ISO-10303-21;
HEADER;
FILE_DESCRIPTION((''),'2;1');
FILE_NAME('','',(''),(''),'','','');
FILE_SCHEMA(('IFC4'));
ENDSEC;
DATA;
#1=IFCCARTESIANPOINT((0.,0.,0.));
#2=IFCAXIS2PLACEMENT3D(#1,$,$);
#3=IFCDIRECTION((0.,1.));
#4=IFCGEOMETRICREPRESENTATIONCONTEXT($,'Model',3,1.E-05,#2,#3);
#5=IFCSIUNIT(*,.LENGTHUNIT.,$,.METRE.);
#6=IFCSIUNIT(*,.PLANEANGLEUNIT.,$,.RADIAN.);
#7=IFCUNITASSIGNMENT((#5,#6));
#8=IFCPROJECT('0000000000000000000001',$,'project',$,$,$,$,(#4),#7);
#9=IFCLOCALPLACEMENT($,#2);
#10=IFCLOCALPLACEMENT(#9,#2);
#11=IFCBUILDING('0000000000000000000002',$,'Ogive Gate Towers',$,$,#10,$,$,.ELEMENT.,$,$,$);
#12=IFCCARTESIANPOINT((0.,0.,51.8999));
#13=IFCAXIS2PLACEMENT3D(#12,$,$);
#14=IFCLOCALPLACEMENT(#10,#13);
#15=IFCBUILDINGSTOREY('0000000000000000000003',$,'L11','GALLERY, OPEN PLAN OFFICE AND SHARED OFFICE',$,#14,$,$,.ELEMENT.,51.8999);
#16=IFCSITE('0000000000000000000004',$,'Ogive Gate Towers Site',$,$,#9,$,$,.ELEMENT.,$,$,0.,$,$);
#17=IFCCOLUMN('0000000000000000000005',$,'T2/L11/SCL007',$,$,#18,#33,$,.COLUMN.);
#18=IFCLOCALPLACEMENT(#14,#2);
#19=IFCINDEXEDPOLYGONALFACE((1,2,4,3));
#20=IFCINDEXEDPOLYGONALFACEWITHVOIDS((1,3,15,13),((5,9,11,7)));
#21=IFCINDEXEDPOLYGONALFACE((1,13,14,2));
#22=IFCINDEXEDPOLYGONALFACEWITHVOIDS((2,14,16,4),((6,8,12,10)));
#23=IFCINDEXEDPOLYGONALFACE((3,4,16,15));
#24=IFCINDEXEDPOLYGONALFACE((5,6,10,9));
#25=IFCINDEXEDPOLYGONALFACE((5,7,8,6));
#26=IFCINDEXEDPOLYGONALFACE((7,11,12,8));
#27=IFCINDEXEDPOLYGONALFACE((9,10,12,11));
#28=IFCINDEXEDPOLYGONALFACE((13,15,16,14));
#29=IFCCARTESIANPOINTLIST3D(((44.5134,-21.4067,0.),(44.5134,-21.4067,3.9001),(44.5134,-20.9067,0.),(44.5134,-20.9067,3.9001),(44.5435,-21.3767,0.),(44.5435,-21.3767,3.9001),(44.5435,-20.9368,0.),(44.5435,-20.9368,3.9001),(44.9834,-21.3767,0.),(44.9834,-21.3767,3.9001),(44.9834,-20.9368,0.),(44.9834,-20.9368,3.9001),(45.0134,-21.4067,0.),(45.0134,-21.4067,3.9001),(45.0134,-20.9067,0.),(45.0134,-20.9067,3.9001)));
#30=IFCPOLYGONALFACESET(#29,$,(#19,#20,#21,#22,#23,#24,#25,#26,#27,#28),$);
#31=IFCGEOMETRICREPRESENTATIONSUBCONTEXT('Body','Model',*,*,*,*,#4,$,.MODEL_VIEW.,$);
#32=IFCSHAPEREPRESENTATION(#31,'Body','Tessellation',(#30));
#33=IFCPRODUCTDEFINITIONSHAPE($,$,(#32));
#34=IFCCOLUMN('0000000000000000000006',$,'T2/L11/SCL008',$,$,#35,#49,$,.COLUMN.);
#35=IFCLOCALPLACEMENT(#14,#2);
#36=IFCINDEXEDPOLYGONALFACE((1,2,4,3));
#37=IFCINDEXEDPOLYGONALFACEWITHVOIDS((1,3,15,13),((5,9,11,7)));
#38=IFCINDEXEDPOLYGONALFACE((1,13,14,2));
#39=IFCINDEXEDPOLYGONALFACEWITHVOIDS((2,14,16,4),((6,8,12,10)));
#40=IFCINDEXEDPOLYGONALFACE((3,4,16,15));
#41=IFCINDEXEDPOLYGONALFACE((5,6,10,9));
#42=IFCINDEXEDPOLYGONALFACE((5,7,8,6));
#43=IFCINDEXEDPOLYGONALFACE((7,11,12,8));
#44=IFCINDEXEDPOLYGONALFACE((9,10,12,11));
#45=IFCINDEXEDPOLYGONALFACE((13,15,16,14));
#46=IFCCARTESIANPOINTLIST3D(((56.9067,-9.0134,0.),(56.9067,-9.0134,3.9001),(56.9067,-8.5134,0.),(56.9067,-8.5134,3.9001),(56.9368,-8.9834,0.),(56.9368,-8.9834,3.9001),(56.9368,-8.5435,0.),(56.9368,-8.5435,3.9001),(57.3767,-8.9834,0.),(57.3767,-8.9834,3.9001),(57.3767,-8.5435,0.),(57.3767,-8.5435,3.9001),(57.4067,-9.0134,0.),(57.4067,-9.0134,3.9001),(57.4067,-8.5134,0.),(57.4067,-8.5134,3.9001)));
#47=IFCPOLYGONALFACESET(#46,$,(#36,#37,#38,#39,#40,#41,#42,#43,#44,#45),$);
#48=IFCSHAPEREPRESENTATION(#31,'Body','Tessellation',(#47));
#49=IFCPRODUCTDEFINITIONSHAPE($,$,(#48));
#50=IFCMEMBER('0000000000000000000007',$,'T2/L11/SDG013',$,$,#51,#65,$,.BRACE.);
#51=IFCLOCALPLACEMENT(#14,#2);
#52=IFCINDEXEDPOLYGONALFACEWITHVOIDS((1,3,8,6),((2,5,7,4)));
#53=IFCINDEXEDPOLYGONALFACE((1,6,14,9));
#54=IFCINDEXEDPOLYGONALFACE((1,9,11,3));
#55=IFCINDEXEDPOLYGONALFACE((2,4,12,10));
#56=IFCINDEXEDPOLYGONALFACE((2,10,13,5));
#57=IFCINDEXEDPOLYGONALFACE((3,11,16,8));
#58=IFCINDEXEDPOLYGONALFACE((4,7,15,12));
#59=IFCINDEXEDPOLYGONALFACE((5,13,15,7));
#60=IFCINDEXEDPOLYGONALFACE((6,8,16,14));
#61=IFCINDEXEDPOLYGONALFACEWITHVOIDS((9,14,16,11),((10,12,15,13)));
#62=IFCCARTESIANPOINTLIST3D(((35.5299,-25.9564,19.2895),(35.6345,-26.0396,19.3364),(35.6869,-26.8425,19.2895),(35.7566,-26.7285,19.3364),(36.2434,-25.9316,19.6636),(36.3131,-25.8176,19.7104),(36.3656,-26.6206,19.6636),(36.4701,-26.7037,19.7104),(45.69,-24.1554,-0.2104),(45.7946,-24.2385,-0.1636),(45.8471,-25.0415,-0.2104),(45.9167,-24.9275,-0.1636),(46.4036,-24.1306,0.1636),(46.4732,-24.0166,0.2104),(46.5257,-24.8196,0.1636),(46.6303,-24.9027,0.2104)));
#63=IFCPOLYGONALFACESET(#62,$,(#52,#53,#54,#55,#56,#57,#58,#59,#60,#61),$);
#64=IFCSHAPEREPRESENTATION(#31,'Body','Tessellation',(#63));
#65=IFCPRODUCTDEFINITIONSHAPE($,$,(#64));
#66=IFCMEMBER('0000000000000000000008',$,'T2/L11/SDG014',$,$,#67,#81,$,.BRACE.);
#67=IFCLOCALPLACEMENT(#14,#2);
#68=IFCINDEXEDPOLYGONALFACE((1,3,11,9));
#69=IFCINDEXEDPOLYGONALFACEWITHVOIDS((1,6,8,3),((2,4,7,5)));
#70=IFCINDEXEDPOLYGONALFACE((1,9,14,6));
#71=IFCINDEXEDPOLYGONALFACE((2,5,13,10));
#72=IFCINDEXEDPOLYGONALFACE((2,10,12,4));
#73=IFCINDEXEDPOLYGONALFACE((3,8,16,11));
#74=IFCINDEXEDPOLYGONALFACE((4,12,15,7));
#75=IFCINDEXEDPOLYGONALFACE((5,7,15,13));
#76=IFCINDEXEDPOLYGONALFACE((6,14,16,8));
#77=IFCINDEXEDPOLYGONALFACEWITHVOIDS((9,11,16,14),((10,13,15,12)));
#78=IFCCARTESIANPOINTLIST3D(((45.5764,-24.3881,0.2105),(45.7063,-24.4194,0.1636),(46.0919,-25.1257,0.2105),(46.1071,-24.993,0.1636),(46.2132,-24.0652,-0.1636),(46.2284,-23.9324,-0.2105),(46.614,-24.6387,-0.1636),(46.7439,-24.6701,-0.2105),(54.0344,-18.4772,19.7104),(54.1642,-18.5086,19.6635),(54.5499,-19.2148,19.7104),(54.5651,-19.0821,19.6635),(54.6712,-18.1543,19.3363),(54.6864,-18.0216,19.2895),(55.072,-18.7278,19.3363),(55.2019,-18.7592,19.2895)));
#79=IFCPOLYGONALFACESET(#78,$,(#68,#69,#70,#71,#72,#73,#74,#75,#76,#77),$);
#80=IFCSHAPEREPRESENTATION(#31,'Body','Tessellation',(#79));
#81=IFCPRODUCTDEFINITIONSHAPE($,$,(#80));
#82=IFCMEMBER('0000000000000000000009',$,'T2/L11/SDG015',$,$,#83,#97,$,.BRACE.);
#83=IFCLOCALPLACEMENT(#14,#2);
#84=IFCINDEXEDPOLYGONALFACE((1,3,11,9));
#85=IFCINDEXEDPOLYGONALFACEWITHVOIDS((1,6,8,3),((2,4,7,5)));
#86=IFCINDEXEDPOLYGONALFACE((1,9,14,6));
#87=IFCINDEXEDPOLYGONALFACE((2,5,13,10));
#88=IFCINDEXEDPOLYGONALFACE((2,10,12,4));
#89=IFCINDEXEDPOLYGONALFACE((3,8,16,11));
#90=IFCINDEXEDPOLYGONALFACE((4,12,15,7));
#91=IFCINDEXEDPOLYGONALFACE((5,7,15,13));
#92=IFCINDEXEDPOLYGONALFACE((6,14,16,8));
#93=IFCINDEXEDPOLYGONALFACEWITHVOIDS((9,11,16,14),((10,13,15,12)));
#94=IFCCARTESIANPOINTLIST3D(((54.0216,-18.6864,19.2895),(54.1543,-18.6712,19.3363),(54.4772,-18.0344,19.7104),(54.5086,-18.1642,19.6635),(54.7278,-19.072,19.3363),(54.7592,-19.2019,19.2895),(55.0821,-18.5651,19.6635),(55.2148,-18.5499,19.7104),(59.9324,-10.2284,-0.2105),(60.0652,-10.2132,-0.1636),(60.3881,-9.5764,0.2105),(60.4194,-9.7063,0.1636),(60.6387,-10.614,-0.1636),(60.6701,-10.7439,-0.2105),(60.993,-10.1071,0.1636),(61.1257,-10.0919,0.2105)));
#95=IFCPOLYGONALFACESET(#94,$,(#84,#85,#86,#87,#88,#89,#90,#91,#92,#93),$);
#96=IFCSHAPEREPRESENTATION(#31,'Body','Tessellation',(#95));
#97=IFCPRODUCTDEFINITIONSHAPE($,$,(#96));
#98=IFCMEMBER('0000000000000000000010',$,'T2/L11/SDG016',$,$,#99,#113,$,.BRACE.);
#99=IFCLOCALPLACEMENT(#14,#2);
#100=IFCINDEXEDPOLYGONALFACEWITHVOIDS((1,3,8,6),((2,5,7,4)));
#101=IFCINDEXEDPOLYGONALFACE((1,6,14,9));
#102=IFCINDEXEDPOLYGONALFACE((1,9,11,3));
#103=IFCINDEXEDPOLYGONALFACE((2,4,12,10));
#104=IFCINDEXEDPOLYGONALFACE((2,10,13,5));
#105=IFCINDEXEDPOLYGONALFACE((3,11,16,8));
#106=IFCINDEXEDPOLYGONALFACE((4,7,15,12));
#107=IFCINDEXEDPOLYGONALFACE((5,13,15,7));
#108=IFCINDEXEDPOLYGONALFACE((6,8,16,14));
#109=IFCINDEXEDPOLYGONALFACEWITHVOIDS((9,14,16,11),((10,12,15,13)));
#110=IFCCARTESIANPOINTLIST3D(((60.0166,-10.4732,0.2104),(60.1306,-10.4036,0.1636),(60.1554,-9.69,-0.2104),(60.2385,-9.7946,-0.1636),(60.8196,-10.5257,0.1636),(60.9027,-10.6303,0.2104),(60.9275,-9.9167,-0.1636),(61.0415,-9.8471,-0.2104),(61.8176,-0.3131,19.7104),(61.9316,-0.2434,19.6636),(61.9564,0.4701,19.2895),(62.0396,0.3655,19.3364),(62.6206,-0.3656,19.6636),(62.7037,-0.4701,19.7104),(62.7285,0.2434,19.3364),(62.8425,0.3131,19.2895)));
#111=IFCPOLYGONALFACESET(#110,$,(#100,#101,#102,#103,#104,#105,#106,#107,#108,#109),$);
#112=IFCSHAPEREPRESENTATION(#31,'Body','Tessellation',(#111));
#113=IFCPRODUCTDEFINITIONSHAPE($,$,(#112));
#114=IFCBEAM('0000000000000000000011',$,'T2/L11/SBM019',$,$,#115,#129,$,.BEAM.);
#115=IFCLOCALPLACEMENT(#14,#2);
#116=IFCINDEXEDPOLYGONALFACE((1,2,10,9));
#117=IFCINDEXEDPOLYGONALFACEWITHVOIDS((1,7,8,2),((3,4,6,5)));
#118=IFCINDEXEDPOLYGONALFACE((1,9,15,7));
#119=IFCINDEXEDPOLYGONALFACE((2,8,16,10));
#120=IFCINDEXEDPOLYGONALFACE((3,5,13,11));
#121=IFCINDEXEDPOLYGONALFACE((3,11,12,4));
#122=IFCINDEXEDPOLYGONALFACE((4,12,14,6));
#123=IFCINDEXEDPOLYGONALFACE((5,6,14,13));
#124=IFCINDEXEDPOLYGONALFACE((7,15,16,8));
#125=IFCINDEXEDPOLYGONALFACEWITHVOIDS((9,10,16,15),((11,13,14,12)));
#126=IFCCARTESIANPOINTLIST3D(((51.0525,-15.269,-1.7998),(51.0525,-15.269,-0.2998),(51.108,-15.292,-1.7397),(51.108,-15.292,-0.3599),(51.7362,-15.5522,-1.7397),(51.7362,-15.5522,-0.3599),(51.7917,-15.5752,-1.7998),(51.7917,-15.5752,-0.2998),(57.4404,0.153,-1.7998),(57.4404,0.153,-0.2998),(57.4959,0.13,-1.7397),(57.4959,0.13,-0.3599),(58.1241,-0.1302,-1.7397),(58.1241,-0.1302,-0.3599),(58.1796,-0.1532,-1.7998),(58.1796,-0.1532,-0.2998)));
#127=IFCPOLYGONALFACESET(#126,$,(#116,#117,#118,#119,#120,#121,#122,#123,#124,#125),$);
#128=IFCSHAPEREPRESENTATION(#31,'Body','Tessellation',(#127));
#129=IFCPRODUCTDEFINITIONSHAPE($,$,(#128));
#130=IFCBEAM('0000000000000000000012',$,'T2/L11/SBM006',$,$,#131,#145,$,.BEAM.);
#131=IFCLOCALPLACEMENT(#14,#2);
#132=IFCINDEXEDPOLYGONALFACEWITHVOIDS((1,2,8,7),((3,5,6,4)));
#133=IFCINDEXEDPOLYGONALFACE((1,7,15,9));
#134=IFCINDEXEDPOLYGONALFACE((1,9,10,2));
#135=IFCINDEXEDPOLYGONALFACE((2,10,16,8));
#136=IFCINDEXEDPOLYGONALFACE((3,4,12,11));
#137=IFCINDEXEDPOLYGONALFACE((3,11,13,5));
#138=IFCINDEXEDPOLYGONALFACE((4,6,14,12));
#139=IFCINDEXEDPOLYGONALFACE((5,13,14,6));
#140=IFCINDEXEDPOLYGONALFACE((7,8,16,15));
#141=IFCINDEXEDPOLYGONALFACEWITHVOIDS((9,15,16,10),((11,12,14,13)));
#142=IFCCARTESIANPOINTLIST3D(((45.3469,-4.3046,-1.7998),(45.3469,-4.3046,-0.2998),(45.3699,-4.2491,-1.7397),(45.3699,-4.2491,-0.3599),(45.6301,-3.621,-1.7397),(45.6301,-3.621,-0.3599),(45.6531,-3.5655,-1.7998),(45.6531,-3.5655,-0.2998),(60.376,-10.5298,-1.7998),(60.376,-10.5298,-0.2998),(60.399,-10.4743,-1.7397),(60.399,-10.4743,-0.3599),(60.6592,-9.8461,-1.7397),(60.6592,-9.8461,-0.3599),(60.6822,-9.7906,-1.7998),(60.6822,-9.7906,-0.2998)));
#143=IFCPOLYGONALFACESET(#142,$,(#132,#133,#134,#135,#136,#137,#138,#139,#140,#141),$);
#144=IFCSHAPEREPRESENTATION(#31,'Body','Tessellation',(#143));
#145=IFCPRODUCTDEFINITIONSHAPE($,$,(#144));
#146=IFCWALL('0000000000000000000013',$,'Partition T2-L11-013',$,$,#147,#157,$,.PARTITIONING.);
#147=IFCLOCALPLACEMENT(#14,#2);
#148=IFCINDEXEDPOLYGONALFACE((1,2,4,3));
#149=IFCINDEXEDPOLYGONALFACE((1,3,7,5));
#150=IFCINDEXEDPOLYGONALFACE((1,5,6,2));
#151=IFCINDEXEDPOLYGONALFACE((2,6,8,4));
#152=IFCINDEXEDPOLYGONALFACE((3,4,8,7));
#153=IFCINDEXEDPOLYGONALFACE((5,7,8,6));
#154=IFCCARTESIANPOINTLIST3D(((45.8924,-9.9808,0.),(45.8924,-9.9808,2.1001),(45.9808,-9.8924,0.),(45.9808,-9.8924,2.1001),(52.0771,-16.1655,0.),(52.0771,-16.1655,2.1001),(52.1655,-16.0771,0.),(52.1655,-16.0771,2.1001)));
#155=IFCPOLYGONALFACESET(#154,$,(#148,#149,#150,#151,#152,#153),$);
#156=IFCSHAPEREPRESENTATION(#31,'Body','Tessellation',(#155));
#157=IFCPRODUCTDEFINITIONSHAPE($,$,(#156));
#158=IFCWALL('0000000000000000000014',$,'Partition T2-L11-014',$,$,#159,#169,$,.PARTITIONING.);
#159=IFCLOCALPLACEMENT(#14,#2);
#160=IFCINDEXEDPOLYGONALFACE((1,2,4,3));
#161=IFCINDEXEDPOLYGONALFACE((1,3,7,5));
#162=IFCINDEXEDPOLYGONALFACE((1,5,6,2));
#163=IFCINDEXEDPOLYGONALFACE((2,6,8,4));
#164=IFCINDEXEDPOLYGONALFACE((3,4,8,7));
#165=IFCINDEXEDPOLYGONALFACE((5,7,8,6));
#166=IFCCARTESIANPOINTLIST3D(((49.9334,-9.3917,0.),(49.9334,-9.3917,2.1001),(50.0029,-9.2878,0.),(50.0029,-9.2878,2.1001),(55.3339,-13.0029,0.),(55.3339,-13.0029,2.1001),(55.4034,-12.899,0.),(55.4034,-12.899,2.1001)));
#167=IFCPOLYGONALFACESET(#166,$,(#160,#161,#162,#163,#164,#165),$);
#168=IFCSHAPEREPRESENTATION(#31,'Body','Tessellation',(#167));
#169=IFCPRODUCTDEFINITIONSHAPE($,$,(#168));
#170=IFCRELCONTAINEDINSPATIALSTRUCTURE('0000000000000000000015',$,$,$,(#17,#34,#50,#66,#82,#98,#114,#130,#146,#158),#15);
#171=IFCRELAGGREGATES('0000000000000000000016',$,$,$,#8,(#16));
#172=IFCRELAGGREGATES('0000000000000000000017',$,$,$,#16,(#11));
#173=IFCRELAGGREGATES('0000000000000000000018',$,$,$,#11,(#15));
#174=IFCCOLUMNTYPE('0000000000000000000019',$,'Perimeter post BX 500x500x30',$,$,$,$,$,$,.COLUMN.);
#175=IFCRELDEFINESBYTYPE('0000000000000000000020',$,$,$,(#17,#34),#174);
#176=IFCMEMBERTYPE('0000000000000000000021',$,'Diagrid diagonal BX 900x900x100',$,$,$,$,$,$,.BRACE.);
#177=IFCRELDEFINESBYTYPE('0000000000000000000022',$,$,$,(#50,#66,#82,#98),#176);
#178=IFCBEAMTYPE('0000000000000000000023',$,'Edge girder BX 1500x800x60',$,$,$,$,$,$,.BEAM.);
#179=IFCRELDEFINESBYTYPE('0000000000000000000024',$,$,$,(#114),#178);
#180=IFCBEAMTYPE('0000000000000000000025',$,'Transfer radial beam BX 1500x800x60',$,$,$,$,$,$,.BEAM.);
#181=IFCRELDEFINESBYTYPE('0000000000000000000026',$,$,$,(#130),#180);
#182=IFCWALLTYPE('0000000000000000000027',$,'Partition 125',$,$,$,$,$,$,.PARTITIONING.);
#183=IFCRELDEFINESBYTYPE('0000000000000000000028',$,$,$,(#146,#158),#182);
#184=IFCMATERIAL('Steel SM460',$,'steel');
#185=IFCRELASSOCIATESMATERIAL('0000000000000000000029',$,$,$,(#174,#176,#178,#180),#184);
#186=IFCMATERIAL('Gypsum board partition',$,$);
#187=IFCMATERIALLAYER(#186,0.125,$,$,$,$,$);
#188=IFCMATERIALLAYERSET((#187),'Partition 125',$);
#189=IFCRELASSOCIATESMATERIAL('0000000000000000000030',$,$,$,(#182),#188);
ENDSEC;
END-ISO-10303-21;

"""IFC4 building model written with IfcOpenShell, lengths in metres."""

from ifc_helpers import new_model, si_unit, direction, frame, frame_2d, origin, origin_2d, place, context, subcontext, project, spatial, rectangle, hollow_rectangle, extrude, material, layer, layer_set, material_profile, profile_set, type_object, element, save


model = new_model("IFC4")

# Units and contexts
model_context = context("Model", 3, precision=1e-05, world=origin(), true_north=direction((0.0, 1.0)))
body_context = subcontext(model_context, "Body", "Model", "MODEL_VIEW")
ifc_project = project(units=[si_unit("LENGTHUNIT", "METRE"), si_unit("PLANEANGLEUNIT", "RADIAN")], contexts=[model_context])

# Site, building, storey
site_placement = place(None, origin())
site = spatial("IfcSite", under=ifc_project, at=site_placement, Name="Ogive Gate Towers Site", CompositionType="ELEMENT", RefElevation=0.0)
building_placement = place(site_placement, origin())
building = spatial("IfcBuilding", under=site, at=building_placement, Name="Ogive Gate Towers", CompositionType="ELEMENT")
storey_placement = place(building_placement, frame((0.0, 0.0, 51.8999)))
storey = spatial("IfcBuildingStorey", under=building, at=storey_placement, Name="L11", Description="GALLERY, OPEN PLAN OFFICE AND SHARED OFFICE", CompositionType="ELEMENT", Elevation=51.8999)

# Columns
ifc_material_1 = material(Name="Steel SM460", Category="steel")
ifc_material_profile_1 = material_profile(ifc_material_1, hollow_rectangle(XDim=0.5, YDim=0.5, WallThickness=0.03, at=origin_2d()), Name="BX 500x500x30")
ifc_profile_set_1 = profile_set([ifc_material_profile_1], Name="Steel SM460")
column_type = type_object("IfcColumnType", Name="Perimeter post BX 500x500x30", PredefinedType="COLUMN", material=ifc_profile_set_1)
for number, where, z_axis, x_axis, name in (
    (1, (44.7634, -21.1567, 0.0), (0.0, 0.0, 1.0), (1.0, 0.0, 0.0), "T2/L11/SCL007"),
    (2, (57.1567, -8.7634, 0.0), (0.0, 0.0, 1.0), (1.0, 0.0, 0.0), "T2/L11/SCL008"),
):
    element("IfcColumn", number, at=place(storey_placement, frame(where, z_axis=z_axis, x_axis=x_axis)), inside=storey, type_object=column_type, Name=name, PredefinedType="COLUMN", context=body_context, shape_type="SweptSolid", body=[
        extrude(hollow_rectangle(XDim=0.5, YDim=0.5, WallThickness=0.03, at=origin_2d()), origin(), (0.0, 0.0, 1.0), 3.9001),
    ])

# Members
ifc_material_profile_2 = material_profile(ifc_material_1, hollow_rectangle(XDim=0.8999, YDim=0.8999, WallThickness=0.1001, at=origin_2d()), Name="BX 900x900x100")
ifc_profile_set_2 = profile_set([ifc_material_profile_2], Name="Steel SM460")
member_type = type_object("IfcMemberType", Name="Diagrid diagonal BX 900x900x100", PredefinedType="BRACE", material=ifc_profile_set_2)
for number, where, z_axis, x_axis, name in (
    (3, (46.1602, -24.5291, 0.0), (-0.460532, -0.081636, 0.883881), (0.174542, -0.98465, 0.0), "T2/L11/SDG013"),
    (4, (46.1602, -24.5291, 0.0), (0.383377, 0.267923, 0.883878), (-0.57283, 0.819674, 0.0), "T2/L11/SDG014"),
    (5, (60.5291, -10.1602, 0.0), (-0.267923, -0.383377, 0.883878), (0.819674, -0.57283, 0.0), "T2/L11/SDG015"),
    (6, (60.5291, -10.1602, 0.0), (0.081636, 0.460532, 0.883881), (-0.98465, 0.174542, 0.0), "T2/L11/SDG016"),
):
    element("IfcMember", number, at=place(storey_placement, frame(where, z_axis=z_axis, x_axis=x_axis)), inside=storey, type_object=member_type, Name=name, PredefinedType="BRACE", context=body_context, shape_type="SweptSolid", body=[
        extrude(hollow_rectangle(XDim=0.8999, YDim=0.8999, WallThickness=0.1001, at=origin_2d()), origin(), (0.0, 0.0, 1.0), 22.0618),
    ])

# Beams
ifc_material_profile_3 = material_profile(ifc_material_1, hollow_rectangle(XDim=0.8, YDim=1.5, WallThickness=0.0601, at=origin_2d()), Name="BX 1500x800x60")
ifc_profile_set_3 = profile_set([ifc_material_profile_3], Name="Steel SM460")
beam_type_1 = type_object("IfcBeamType", Name="Edge girder BX 1500x800x60", PredefinedType="BEAM", material=ifc_profile_set_3)
beam_1_placement = place(storey_placement, frame((51.4221, -15.4221, -1.0498), z_axis=(0.382678, 0.923882, 0.0), x_axis=(-0.923882, 0.382678, 0.0)))
element("IfcBeam", 7, at=beam_1_placement, inside=storey, type_object=beam_type_1, Name="T2/L11/SBM019", PredefinedType="BEAM", context=body_context, shape_type="SweptSolid", body=[
    extrude(hollow_rectangle(XDim=0.8, YDim=1.5, WallThickness=0.0601, at=origin_2d()), origin(), (0.0, 0.0, 1.0), 16.6926),
])
ifc_material_profile_4 = material_profile(ifc_material_1, hollow_rectangle(XDim=0.8, YDim=1.5, WallThickness=0.0601, at=origin_2d()), Name="BX 1500x800x60")
ifc_profile_set_4 = profile_set([ifc_material_profile_4], Name="Steel SM460")
beam_type_2 = type_object("IfcBeamType", Name="Transfer radial beam BX 1500x800x60", PredefinedType="BEAM", material=ifc_profile_set_4)
beam_2_placement = place(storey_placement, frame((45.5, -3.9351, -1.0498), z_axis=(0.923883, -0.382676, 0.0), x_axis=(0.382676, 0.923883, 0.0)))
element("IfcBeam", 8, at=beam_2_placement, inside=storey, type_object=beam_type_2, Name="T2/L11/SBM006", PredefinedType="BEAM", context=body_context, shape_type="SweptSolid", body=[
    extrude(hollow_rectangle(XDim=0.8, YDim=1.5, WallThickness=0.0601, at=origin_2d()), origin(), (0.0, 0.0, 1.0), 16.2673),
])

# Walls
ifc_material_2 = material(Name="Gypsum board partition")
ifc_layer = layer(ifc_material_2, 0.125)
ifc_layer_set = layer_set([ifc_layer], Name="Partition 125")
wall_type = type_object("IfcWallType", Name="Partition 125", PredefinedType="PARTITIONING", material=ifc_layer_set)
wall_1_placement = place(storey_placement, frame((52.1213, -16.1213, 0.0), z_axis=(0.0, 0.0, 1.0), x_axis=(-0.707107, 0.707107, 0.0)))
element("IfcWall", 9, at=wall_1_placement, inside=storey, type_object=wall_type, Name="Partition T2-L11-013", PredefinedType="PARTITIONING", context=body_context, shape_type="SweptSolid", body=[
    extrude(rectangle(XDim=8.7466, YDim=0.125, at=frame_2d((4.3733, 0.0))), origin(), (0.0, 0.0, 1.0), 2.1001),
])
wall_2_placement = place(storey_placement, frame((55.3687, -12.9509, 0.0), z_axis=(0.0, 0.0, 1.0), x_axis=(-0.831281, 0.555853, 0.0)))
element("IfcWall", 10, at=wall_2_placement, inside=storey, type_object=wall_type, Name="Partition T2-L11-014", PredefinedType="PARTITIONING", context=body_context, shape_type="SweptSolid", body=[
    extrude(rectangle(XDim=6.4966, YDim=0.125, at=frame_2d((3.2483, 0.0))), origin(), (0.0, 0.0, 1.0), 2.1001),
])

save(model, "model.ifc")
